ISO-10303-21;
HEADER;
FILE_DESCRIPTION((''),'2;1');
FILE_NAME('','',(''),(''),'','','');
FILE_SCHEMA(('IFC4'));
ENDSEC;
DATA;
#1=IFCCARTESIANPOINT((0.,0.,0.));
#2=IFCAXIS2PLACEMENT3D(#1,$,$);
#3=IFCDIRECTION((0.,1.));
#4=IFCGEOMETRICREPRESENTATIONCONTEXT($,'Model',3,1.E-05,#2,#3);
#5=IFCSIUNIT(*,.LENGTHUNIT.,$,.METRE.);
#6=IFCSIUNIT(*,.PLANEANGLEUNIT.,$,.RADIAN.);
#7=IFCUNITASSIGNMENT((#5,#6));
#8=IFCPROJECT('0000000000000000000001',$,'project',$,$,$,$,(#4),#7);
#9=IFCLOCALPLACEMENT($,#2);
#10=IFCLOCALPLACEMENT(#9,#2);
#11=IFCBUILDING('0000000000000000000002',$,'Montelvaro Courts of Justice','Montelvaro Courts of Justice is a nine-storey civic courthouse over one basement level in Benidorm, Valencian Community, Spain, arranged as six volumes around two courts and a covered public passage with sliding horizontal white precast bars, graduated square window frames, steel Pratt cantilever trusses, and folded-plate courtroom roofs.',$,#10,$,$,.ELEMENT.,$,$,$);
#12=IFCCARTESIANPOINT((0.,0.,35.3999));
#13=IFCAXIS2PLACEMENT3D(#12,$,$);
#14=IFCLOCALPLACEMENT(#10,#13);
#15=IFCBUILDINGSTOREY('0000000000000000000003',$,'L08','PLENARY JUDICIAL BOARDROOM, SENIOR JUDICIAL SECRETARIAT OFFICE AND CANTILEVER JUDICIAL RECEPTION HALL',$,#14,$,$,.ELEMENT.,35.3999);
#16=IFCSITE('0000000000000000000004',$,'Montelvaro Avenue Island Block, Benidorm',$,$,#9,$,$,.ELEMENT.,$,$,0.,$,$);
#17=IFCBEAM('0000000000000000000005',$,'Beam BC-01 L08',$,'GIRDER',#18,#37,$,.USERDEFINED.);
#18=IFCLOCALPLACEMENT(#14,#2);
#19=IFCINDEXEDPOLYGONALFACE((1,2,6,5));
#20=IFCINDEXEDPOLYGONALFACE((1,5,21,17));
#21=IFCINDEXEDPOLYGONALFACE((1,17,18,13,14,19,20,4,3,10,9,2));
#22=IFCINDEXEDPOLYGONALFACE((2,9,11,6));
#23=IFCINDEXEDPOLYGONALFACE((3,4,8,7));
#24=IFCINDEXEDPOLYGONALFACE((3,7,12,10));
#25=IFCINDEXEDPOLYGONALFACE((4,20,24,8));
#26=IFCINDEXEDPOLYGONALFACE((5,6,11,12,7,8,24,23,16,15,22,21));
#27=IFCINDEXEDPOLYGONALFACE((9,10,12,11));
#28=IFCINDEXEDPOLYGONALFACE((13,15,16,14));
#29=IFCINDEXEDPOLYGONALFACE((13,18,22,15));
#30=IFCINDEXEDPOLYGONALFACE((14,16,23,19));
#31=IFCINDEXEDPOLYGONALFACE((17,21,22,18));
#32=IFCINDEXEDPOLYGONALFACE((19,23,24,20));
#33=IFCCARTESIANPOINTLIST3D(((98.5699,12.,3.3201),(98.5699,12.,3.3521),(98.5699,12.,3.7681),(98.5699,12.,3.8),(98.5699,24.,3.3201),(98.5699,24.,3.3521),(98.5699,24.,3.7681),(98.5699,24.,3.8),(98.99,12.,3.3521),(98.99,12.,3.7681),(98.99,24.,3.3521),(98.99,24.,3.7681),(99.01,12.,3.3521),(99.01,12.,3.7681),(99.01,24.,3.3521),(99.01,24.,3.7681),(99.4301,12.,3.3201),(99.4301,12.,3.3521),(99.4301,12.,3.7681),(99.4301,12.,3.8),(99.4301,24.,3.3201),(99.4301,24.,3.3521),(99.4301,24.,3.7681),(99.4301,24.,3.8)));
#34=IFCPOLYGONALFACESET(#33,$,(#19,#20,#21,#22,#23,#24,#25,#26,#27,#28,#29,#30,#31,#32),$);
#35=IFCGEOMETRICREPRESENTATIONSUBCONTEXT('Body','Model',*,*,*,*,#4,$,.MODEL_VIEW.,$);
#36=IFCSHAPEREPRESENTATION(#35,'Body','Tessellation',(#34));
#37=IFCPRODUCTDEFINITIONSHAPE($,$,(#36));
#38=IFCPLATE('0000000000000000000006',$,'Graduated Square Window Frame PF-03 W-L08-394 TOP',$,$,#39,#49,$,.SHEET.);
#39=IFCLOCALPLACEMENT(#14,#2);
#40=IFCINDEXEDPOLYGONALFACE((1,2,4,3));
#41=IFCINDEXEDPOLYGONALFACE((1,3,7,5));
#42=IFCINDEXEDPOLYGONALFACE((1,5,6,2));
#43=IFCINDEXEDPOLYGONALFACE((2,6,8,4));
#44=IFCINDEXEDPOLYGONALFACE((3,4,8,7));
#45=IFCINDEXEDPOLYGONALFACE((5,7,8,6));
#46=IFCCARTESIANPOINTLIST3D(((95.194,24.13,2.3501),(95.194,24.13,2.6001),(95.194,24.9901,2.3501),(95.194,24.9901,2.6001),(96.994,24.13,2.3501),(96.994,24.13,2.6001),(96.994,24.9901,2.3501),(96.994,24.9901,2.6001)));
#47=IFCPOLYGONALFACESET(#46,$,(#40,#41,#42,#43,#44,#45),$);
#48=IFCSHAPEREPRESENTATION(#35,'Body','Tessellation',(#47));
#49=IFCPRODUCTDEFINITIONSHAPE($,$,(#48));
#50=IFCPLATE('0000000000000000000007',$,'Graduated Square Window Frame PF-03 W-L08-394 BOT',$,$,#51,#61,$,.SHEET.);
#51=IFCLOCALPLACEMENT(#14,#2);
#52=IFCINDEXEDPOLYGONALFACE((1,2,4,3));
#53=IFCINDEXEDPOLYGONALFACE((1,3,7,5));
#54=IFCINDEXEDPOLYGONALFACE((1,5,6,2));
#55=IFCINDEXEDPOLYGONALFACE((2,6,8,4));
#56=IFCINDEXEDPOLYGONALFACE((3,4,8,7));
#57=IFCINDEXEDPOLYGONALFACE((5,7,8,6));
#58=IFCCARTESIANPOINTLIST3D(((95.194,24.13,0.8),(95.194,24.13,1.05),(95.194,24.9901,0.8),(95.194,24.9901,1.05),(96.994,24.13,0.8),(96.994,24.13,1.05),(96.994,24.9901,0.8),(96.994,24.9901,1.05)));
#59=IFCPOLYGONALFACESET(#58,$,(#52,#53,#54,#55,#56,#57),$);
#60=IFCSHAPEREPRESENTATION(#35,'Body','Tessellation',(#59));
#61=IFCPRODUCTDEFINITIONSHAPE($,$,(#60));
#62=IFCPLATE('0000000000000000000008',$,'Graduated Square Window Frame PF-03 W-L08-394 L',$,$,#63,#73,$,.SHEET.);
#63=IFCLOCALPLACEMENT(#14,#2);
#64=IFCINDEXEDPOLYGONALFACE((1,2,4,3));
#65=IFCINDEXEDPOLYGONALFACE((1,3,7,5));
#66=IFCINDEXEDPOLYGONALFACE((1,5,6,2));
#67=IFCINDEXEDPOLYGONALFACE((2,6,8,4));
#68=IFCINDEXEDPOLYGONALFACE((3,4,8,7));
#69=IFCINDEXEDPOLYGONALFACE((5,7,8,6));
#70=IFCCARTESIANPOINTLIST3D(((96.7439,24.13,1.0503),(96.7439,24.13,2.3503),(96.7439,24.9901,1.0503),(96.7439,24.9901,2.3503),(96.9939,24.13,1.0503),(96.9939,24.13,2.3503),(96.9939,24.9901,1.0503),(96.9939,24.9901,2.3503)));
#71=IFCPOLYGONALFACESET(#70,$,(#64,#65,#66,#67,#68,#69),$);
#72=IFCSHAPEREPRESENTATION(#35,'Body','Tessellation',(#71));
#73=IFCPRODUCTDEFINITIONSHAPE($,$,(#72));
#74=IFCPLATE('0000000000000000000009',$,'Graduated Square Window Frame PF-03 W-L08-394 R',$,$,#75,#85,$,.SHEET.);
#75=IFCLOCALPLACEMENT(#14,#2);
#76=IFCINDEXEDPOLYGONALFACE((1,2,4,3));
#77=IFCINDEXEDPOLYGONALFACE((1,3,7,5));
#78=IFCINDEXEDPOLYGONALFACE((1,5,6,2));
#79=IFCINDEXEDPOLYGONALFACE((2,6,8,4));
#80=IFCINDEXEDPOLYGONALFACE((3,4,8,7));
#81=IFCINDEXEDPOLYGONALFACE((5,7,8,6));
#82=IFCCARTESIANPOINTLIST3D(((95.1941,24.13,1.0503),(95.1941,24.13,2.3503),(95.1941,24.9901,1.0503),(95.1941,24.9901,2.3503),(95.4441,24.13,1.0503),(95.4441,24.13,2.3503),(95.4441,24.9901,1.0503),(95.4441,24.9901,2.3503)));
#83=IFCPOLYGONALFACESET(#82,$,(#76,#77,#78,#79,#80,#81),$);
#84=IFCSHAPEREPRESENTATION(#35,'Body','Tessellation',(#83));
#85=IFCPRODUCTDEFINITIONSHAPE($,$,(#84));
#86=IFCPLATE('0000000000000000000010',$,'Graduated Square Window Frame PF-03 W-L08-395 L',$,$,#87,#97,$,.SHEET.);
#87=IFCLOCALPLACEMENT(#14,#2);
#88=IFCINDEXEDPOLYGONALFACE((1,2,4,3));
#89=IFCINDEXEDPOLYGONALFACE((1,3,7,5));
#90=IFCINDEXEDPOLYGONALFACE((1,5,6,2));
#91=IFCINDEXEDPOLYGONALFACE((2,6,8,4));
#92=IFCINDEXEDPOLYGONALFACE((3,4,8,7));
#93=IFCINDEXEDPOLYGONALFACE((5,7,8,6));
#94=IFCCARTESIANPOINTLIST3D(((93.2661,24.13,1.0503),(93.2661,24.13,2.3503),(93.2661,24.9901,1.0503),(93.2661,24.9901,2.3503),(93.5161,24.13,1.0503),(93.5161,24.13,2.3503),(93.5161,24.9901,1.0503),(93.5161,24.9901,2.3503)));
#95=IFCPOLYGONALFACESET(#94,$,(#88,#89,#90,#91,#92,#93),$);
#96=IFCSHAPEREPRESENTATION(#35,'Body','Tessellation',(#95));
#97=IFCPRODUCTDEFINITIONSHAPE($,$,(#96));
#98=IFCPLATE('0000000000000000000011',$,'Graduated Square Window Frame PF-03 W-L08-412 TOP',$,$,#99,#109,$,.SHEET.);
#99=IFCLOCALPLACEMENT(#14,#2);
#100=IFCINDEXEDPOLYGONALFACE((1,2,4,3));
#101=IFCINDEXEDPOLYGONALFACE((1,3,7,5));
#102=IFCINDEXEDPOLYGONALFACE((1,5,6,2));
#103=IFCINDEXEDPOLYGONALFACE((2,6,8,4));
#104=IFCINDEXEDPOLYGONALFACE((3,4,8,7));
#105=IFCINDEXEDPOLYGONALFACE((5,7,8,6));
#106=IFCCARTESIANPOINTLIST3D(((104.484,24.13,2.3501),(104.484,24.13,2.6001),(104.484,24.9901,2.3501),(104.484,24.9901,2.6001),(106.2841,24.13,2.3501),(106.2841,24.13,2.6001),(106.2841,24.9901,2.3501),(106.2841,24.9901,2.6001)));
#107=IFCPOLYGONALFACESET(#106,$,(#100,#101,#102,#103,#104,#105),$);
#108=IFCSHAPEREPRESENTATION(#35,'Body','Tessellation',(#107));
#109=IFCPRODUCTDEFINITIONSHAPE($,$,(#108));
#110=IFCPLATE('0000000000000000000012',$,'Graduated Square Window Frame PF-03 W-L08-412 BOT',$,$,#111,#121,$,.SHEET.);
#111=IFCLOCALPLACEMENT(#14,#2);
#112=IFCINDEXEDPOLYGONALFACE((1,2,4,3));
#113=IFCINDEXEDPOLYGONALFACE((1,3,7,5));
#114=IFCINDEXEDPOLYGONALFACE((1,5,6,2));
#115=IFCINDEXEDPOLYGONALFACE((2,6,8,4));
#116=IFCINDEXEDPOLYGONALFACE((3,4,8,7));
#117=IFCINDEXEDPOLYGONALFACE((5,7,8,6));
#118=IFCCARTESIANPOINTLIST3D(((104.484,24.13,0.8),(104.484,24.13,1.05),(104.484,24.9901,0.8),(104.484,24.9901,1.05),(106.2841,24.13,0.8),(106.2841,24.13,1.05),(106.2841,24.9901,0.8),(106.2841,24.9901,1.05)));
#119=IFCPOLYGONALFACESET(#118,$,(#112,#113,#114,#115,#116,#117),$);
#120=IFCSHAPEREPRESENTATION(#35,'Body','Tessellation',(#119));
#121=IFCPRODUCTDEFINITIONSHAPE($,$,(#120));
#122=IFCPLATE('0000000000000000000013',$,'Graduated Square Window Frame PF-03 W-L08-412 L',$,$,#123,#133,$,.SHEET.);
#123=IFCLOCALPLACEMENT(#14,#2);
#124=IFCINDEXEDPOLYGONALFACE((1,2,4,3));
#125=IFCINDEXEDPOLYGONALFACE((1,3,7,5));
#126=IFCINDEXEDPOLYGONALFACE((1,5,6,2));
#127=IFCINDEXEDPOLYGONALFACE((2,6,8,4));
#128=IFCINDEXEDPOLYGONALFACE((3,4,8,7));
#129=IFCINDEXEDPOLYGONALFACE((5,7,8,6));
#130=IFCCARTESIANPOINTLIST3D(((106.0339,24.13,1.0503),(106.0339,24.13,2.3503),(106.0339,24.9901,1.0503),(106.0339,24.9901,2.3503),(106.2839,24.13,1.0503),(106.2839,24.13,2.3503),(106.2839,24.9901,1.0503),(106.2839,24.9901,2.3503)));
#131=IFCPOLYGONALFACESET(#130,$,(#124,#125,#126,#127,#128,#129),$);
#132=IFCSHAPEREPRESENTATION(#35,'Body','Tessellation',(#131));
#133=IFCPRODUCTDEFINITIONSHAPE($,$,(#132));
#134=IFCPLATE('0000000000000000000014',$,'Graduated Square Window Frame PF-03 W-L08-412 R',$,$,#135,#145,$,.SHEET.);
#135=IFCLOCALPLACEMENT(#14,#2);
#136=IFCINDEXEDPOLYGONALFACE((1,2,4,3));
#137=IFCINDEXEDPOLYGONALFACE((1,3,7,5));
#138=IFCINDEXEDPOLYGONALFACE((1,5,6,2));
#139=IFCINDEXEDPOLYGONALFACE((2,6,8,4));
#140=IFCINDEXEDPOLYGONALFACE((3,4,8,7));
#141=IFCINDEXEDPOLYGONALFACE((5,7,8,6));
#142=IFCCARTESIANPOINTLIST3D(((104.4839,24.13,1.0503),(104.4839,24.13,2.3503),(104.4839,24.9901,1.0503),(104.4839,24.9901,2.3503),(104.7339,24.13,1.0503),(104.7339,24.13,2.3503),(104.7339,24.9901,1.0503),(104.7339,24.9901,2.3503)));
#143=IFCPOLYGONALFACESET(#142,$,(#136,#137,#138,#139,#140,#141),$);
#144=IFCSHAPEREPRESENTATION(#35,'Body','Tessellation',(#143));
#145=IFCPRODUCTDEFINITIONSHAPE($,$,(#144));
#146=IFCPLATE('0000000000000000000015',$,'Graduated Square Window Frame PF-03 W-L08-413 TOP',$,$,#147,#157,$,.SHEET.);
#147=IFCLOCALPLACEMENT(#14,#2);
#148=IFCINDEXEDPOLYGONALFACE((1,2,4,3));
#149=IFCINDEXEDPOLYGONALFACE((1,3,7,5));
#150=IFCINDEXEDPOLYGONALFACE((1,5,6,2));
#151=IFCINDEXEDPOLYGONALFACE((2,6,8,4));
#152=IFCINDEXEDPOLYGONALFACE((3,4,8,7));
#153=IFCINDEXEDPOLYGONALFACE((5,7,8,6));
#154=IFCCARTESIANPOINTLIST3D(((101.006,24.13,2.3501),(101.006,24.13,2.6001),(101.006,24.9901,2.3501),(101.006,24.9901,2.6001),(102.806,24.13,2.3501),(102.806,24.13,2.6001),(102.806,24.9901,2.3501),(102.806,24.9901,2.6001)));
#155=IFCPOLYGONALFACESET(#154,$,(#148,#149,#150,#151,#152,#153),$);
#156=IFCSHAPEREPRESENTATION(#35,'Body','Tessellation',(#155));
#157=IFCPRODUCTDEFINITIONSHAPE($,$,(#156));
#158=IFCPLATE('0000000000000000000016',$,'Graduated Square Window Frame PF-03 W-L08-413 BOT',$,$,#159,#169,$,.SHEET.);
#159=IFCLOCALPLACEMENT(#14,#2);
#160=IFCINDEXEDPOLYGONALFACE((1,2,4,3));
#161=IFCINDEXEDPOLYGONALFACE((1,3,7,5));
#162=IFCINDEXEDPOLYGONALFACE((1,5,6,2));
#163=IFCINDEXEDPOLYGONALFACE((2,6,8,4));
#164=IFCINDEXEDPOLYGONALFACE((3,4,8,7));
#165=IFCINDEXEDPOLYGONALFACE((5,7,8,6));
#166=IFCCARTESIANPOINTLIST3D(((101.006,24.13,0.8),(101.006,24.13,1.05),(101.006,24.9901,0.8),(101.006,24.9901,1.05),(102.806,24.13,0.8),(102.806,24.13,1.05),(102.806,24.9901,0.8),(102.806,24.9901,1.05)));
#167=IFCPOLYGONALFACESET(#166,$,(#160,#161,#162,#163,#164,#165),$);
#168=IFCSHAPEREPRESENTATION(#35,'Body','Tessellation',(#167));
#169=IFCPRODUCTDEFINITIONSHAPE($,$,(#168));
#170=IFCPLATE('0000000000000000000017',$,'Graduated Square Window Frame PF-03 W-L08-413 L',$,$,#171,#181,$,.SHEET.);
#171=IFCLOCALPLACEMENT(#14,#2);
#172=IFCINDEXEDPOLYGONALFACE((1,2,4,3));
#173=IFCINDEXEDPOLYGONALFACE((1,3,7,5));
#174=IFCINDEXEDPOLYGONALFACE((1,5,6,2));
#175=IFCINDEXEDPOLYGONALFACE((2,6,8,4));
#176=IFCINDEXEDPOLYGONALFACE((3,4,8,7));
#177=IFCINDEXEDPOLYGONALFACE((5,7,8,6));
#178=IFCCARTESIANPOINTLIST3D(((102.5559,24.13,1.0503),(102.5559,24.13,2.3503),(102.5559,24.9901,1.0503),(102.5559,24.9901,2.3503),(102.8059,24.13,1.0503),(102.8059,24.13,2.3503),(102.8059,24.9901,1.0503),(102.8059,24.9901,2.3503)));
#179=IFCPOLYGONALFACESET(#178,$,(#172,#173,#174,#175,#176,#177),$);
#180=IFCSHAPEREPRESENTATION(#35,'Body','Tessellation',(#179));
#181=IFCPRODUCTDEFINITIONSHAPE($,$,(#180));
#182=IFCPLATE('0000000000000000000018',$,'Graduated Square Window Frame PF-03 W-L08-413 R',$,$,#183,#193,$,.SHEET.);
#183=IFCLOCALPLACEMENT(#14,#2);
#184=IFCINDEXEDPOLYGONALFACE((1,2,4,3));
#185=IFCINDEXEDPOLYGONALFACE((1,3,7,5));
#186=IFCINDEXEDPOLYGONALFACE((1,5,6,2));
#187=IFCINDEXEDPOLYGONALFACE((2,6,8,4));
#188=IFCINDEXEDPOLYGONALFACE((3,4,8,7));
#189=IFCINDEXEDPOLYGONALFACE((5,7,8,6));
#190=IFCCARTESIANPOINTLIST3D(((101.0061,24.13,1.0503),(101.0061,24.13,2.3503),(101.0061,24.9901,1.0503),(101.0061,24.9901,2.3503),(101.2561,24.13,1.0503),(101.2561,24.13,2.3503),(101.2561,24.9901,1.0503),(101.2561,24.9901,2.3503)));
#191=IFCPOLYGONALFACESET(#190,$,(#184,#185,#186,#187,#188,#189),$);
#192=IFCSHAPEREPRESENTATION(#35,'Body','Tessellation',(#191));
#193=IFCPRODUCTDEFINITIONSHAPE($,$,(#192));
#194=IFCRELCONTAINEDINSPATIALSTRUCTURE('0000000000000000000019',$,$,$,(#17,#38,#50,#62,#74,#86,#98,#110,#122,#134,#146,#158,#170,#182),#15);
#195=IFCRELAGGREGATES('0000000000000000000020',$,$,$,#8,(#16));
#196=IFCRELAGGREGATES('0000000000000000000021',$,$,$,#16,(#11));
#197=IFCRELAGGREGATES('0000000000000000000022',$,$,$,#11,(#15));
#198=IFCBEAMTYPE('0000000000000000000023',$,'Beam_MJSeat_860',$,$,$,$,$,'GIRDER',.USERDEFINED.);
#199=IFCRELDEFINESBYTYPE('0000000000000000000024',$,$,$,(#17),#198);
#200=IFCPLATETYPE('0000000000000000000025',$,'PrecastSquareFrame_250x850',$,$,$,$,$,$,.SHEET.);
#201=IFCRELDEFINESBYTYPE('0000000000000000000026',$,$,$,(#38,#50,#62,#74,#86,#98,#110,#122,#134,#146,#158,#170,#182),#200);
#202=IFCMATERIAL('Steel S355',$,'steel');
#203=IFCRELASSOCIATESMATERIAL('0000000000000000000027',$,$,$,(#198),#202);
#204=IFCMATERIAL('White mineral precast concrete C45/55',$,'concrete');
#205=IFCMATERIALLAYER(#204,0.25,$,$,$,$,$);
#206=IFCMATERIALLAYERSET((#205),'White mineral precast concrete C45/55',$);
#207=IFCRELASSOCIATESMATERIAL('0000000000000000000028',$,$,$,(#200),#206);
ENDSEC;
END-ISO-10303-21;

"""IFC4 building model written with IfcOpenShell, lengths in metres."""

from ifc_helpers import new_model, si_unit, direction, frame, origin, origin_2d, place, context, subcontext, project, spatial, rectangle, i_section, extrude, material, layer, layer_set, material_profile, profile_set, type_object, element, save


model = new_model("IFC4")

# Units and contexts
model_context = context("Model", 3, precision=1e-05, world=origin(), true_north=direction((0.0, 1.0)))
body_context = subcontext(model_context, "Body", "Model", "MODEL_VIEW")
ifc_project = project(units=[si_unit("LENGTHUNIT", "METRE"), si_unit("PLANEANGLEUNIT", "RADIAN")], contexts=[model_context])

# Site, building, storey
site_placement = place(None, origin())
site = spatial("IfcSite", under=ifc_project, at=site_placement, Name="Montelvaro Avenue Island Block, Benidorm", CompositionType="ELEMENT", RefElevation=0.0)
building_placement = place(site_placement, origin())
building = spatial("IfcBuilding", under=site, at=building_placement, Name="Montelvaro Courts of Justice", Description="Montelvaro Courts of Justice is a nine-storey civic courthouse over one basement level in Benidorm, Valencian Community, Spain, arranged as six volumes around two courts and a covered public passage with sliding horizontal white precast bars, graduated square window frames, steel Pratt cantilever trusses, and folded-plate courtroom roofs.", CompositionType="ELEMENT")
storey_placement = place(building_placement, frame((0.0, 0.0, 35.3999)))
storey = spatial("IfcBuildingStorey", under=building, at=storey_placement, Name="L08", Description="PLENARY JUDICIAL BOARDROOM, SENIOR JUDICIAL SECRETARIAT OFFICE AND CANTILEVER JUDICIAL RECEPTION HALL", CompositionType="ELEMENT", Elevation=35.3999)

# Shared definitions
ifc_material_1 = material(Name="Steel S355", Category="steel")

# Beam
ifc_material_profile_1 = material_profile(ifc_material_1, i_section(OverallWidth=0.8601, OverallDepth=0.48, WebThickness=0.02, FlangeThickness=0.032, at=origin_2d()), Name="HL 480x860")
ifc_profile_set_1 = profile_set([ifc_material_profile_1], Name="Steel S355")
beam_type_1 = type_object("IfcBeamType", Name="Beam_MJSeat_860", ElementType="GIRDER", PredefinedType="USERDEFINED", material=ifc_profile_set_1)
beam_1_placement = place(storey_placement, frame((99.0, 12.0, 3.5601), z_axis=(0.0, 1.0, 0.0), x_axis=(-1.0, 0.0, 0.0)))
element("IfcBeam", 1, at=beam_1_placement, inside=storey, type_object=beam_type_1, Name="Beam BC-01 L08", ObjectType="GIRDER", PredefinedType="USERDEFINED", context=body_context, shape_type="SweptSolid", body=[
    extrude(i_section(OverallWidth=0.8601, OverallDepth=0.48, WebThickness=0.02, FlangeThickness=0.032, at=origin_2d()), origin(), (0.0, 0.0, 1.0), 12.0),
])

# Plates
ifc_material_2 = material(Name="White mineral precast concrete C45/55", Category="concrete")
ifc_layer_1 = layer(ifc_material_2, 0.25)
ifc_layer_set_1 = layer_set([ifc_layer_1], Name="White mineral precast concrete C45/55")
plate_type = type_object("IfcPlateType", Name="PrecastSquareFrame_250x850", PredefinedType="SHEET", material=ifc_layer_set_1)
for number, where, z_axis, x_axis, name in (
    (2, (96.094, 24.5601, 2.3501), (0.0, 0.0, 1.0), (-1.0, 0.0, 0.0), "Graduated Square Window Frame PF-03 W-L08-394 TOP"),
    (3, (96.094, 24.5601, 0.8), (0.0, 0.0, 1.0), (-1.0, 0.0, 0.0), "Graduated Square Window Frame PF-03 W-L08-394 BOT"),
):
    element("IfcPlate", number, at=place(storey_placement, frame(where, z_axis=z_axis, x_axis=x_axis)), inside=storey, type_object=plate_type, Name=name, PredefinedType="SHEET", context=body_context, shape_type="SweptSolid", body=[
        extrude(rectangle(XDim=1.8, YDim=0.8601, at=origin_2d()), origin(), (0.0, 0.0, 1.0), 0.25),
    ])
for number, where, z_axis, x_axis, name in (
    (4, (96.8689, 24.5601, 1.0503), (0.0, 0.0, 1.0), (-1.0, 0.0, 0.0), "Graduated Square Window Frame PF-03 W-L08-394 L"),
    (5, (95.3191, 24.5601, 1.0503), (0.0, 0.0, 1.0), (-1.0, 0.0, 0.0), "Graduated Square Window Frame PF-03 W-L08-394 R"),
    (6, (93.3911, 24.5601, 1.0503), (0.0, 0.0, 1.0), (-1.0, 0.0, 0.0), "Graduated Square Window Frame PF-03 W-L08-395 L"),
):
    element("IfcPlate", number, at=place(storey_placement, frame(where, z_axis=z_axis, x_axis=x_axis)), inside=storey, type_object=plate_type, Name=name, PredefinedType="SHEET", context=body_context, shape_type="SweptSolid", body=[
        extrude(rectangle(XDim=0.25, YDim=0.8601, at=origin_2d()), origin(), (0.0, 0.0, 1.0), 1.3),
    ])
for number, where, z_axis, x_axis, name in (
    (7, (105.384, 24.5601, 2.3501), (0.0, 0.0, 1.0), (-1.0, 0.0, 0.0), "Graduated Square Window Frame PF-03 W-L08-412 TOP"),
    (8, (105.384, 24.5601, 0.8), (0.0, 0.0, 1.0), (-1.0, 0.0, 0.0), "Graduated Square Window Frame PF-03 W-L08-412 BOT"),
):
    element("IfcPlate", number, at=place(storey_placement, frame(where, z_axis=z_axis, x_axis=x_axis)), inside=storey, type_object=plate_type, Name=name, PredefinedType="SHEET", context=body_context, shape_type="SweptSolid", body=[
        extrude(rectangle(XDim=1.8, YDim=0.8601, at=origin_2d()), origin(), (0.0, 0.0, 1.0), 0.25),
    ])
for number, where, z_axis, x_axis, name in (
    (9, (106.1589, 24.5601, 1.0503), (0.0, 0.0, 1.0), (-1.0, 0.0, 0.0), "Graduated Square Window Frame PF-03 W-L08-412 L"),
    (10, (104.6089, 24.5601, 1.0503), (0.0, 0.0, 1.0), (-1.0, 0.0, 0.0), "Graduated Square Window Frame PF-03 W-L08-412 R"),
):
    element("IfcPlate", number, at=place(storey_placement, frame(where, z_axis=z_axis, x_axis=x_axis)), inside=storey, type_object=plate_type, Name=name, PredefinedType="SHEET", context=body_context, shape_type="SweptSolid", body=[
        extrude(rectangle(XDim=0.25, YDim=0.8601, at=origin_2d()), origin(), (0.0, 0.0, 1.0), 1.3),
    ])
for number, where, z_axis, x_axis, name in (
    (11, (101.906, 24.5601, 2.3501), (0.0, 0.0, 1.0), (-1.0, 0.0, 0.0), "Graduated Square Window Frame PF-03 W-L08-413 TOP"),
    (12, (101.906, 24.5601, 0.8), (0.0, 0.0, 1.0), (-1.0, 0.0, 0.0), "Graduated Square Window Frame PF-03 W-L08-413 BOT"),
):
    element("IfcPlate", number, at=place(storey_placement, frame(where, z_axis=z_axis, x_axis=x_axis)), inside=storey, type_object=plate_type, Name=name, PredefinedType="SHEET", context=body_context, shape_type="SweptSolid", body=[
        extrude(rectangle(XDim=1.8, YDim=0.8601, at=origin_2d()), origin(), (0.0, 0.0, 1.0), 0.25),
    ])
for number, where, z_axis, x_axis, name in (
    (13, (102.6809, 24.5601, 1.0503), (0.0, 0.0, 1.0), (-1.0, 0.0, 0.0), "Graduated Square Window Frame PF-03 W-L08-413 L"),
    (14, (101.1311, 24.5601, 1.0503), (0.0, 0.0, 1.0), (-1.0, 0.0, 0.0), "Graduated Square Window Frame PF-03 W-L08-413 R"),
):
    element("IfcPlate", number, at=place(storey_placement, frame(where, z_axis=z_axis, x_axis=x_axis)), inside=storey, type_object=plate_type, Name=name, PredefinedType="SHEET", context=body_context, shape_type="SweptSolid", body=[
        extrude(rectangle(XDim=0.25, YDim=0.8601, at=origin_2d()), origin(), (0.0, 0.0, 1.0), 1.3),
    ])

save(model, "model.ifc")
